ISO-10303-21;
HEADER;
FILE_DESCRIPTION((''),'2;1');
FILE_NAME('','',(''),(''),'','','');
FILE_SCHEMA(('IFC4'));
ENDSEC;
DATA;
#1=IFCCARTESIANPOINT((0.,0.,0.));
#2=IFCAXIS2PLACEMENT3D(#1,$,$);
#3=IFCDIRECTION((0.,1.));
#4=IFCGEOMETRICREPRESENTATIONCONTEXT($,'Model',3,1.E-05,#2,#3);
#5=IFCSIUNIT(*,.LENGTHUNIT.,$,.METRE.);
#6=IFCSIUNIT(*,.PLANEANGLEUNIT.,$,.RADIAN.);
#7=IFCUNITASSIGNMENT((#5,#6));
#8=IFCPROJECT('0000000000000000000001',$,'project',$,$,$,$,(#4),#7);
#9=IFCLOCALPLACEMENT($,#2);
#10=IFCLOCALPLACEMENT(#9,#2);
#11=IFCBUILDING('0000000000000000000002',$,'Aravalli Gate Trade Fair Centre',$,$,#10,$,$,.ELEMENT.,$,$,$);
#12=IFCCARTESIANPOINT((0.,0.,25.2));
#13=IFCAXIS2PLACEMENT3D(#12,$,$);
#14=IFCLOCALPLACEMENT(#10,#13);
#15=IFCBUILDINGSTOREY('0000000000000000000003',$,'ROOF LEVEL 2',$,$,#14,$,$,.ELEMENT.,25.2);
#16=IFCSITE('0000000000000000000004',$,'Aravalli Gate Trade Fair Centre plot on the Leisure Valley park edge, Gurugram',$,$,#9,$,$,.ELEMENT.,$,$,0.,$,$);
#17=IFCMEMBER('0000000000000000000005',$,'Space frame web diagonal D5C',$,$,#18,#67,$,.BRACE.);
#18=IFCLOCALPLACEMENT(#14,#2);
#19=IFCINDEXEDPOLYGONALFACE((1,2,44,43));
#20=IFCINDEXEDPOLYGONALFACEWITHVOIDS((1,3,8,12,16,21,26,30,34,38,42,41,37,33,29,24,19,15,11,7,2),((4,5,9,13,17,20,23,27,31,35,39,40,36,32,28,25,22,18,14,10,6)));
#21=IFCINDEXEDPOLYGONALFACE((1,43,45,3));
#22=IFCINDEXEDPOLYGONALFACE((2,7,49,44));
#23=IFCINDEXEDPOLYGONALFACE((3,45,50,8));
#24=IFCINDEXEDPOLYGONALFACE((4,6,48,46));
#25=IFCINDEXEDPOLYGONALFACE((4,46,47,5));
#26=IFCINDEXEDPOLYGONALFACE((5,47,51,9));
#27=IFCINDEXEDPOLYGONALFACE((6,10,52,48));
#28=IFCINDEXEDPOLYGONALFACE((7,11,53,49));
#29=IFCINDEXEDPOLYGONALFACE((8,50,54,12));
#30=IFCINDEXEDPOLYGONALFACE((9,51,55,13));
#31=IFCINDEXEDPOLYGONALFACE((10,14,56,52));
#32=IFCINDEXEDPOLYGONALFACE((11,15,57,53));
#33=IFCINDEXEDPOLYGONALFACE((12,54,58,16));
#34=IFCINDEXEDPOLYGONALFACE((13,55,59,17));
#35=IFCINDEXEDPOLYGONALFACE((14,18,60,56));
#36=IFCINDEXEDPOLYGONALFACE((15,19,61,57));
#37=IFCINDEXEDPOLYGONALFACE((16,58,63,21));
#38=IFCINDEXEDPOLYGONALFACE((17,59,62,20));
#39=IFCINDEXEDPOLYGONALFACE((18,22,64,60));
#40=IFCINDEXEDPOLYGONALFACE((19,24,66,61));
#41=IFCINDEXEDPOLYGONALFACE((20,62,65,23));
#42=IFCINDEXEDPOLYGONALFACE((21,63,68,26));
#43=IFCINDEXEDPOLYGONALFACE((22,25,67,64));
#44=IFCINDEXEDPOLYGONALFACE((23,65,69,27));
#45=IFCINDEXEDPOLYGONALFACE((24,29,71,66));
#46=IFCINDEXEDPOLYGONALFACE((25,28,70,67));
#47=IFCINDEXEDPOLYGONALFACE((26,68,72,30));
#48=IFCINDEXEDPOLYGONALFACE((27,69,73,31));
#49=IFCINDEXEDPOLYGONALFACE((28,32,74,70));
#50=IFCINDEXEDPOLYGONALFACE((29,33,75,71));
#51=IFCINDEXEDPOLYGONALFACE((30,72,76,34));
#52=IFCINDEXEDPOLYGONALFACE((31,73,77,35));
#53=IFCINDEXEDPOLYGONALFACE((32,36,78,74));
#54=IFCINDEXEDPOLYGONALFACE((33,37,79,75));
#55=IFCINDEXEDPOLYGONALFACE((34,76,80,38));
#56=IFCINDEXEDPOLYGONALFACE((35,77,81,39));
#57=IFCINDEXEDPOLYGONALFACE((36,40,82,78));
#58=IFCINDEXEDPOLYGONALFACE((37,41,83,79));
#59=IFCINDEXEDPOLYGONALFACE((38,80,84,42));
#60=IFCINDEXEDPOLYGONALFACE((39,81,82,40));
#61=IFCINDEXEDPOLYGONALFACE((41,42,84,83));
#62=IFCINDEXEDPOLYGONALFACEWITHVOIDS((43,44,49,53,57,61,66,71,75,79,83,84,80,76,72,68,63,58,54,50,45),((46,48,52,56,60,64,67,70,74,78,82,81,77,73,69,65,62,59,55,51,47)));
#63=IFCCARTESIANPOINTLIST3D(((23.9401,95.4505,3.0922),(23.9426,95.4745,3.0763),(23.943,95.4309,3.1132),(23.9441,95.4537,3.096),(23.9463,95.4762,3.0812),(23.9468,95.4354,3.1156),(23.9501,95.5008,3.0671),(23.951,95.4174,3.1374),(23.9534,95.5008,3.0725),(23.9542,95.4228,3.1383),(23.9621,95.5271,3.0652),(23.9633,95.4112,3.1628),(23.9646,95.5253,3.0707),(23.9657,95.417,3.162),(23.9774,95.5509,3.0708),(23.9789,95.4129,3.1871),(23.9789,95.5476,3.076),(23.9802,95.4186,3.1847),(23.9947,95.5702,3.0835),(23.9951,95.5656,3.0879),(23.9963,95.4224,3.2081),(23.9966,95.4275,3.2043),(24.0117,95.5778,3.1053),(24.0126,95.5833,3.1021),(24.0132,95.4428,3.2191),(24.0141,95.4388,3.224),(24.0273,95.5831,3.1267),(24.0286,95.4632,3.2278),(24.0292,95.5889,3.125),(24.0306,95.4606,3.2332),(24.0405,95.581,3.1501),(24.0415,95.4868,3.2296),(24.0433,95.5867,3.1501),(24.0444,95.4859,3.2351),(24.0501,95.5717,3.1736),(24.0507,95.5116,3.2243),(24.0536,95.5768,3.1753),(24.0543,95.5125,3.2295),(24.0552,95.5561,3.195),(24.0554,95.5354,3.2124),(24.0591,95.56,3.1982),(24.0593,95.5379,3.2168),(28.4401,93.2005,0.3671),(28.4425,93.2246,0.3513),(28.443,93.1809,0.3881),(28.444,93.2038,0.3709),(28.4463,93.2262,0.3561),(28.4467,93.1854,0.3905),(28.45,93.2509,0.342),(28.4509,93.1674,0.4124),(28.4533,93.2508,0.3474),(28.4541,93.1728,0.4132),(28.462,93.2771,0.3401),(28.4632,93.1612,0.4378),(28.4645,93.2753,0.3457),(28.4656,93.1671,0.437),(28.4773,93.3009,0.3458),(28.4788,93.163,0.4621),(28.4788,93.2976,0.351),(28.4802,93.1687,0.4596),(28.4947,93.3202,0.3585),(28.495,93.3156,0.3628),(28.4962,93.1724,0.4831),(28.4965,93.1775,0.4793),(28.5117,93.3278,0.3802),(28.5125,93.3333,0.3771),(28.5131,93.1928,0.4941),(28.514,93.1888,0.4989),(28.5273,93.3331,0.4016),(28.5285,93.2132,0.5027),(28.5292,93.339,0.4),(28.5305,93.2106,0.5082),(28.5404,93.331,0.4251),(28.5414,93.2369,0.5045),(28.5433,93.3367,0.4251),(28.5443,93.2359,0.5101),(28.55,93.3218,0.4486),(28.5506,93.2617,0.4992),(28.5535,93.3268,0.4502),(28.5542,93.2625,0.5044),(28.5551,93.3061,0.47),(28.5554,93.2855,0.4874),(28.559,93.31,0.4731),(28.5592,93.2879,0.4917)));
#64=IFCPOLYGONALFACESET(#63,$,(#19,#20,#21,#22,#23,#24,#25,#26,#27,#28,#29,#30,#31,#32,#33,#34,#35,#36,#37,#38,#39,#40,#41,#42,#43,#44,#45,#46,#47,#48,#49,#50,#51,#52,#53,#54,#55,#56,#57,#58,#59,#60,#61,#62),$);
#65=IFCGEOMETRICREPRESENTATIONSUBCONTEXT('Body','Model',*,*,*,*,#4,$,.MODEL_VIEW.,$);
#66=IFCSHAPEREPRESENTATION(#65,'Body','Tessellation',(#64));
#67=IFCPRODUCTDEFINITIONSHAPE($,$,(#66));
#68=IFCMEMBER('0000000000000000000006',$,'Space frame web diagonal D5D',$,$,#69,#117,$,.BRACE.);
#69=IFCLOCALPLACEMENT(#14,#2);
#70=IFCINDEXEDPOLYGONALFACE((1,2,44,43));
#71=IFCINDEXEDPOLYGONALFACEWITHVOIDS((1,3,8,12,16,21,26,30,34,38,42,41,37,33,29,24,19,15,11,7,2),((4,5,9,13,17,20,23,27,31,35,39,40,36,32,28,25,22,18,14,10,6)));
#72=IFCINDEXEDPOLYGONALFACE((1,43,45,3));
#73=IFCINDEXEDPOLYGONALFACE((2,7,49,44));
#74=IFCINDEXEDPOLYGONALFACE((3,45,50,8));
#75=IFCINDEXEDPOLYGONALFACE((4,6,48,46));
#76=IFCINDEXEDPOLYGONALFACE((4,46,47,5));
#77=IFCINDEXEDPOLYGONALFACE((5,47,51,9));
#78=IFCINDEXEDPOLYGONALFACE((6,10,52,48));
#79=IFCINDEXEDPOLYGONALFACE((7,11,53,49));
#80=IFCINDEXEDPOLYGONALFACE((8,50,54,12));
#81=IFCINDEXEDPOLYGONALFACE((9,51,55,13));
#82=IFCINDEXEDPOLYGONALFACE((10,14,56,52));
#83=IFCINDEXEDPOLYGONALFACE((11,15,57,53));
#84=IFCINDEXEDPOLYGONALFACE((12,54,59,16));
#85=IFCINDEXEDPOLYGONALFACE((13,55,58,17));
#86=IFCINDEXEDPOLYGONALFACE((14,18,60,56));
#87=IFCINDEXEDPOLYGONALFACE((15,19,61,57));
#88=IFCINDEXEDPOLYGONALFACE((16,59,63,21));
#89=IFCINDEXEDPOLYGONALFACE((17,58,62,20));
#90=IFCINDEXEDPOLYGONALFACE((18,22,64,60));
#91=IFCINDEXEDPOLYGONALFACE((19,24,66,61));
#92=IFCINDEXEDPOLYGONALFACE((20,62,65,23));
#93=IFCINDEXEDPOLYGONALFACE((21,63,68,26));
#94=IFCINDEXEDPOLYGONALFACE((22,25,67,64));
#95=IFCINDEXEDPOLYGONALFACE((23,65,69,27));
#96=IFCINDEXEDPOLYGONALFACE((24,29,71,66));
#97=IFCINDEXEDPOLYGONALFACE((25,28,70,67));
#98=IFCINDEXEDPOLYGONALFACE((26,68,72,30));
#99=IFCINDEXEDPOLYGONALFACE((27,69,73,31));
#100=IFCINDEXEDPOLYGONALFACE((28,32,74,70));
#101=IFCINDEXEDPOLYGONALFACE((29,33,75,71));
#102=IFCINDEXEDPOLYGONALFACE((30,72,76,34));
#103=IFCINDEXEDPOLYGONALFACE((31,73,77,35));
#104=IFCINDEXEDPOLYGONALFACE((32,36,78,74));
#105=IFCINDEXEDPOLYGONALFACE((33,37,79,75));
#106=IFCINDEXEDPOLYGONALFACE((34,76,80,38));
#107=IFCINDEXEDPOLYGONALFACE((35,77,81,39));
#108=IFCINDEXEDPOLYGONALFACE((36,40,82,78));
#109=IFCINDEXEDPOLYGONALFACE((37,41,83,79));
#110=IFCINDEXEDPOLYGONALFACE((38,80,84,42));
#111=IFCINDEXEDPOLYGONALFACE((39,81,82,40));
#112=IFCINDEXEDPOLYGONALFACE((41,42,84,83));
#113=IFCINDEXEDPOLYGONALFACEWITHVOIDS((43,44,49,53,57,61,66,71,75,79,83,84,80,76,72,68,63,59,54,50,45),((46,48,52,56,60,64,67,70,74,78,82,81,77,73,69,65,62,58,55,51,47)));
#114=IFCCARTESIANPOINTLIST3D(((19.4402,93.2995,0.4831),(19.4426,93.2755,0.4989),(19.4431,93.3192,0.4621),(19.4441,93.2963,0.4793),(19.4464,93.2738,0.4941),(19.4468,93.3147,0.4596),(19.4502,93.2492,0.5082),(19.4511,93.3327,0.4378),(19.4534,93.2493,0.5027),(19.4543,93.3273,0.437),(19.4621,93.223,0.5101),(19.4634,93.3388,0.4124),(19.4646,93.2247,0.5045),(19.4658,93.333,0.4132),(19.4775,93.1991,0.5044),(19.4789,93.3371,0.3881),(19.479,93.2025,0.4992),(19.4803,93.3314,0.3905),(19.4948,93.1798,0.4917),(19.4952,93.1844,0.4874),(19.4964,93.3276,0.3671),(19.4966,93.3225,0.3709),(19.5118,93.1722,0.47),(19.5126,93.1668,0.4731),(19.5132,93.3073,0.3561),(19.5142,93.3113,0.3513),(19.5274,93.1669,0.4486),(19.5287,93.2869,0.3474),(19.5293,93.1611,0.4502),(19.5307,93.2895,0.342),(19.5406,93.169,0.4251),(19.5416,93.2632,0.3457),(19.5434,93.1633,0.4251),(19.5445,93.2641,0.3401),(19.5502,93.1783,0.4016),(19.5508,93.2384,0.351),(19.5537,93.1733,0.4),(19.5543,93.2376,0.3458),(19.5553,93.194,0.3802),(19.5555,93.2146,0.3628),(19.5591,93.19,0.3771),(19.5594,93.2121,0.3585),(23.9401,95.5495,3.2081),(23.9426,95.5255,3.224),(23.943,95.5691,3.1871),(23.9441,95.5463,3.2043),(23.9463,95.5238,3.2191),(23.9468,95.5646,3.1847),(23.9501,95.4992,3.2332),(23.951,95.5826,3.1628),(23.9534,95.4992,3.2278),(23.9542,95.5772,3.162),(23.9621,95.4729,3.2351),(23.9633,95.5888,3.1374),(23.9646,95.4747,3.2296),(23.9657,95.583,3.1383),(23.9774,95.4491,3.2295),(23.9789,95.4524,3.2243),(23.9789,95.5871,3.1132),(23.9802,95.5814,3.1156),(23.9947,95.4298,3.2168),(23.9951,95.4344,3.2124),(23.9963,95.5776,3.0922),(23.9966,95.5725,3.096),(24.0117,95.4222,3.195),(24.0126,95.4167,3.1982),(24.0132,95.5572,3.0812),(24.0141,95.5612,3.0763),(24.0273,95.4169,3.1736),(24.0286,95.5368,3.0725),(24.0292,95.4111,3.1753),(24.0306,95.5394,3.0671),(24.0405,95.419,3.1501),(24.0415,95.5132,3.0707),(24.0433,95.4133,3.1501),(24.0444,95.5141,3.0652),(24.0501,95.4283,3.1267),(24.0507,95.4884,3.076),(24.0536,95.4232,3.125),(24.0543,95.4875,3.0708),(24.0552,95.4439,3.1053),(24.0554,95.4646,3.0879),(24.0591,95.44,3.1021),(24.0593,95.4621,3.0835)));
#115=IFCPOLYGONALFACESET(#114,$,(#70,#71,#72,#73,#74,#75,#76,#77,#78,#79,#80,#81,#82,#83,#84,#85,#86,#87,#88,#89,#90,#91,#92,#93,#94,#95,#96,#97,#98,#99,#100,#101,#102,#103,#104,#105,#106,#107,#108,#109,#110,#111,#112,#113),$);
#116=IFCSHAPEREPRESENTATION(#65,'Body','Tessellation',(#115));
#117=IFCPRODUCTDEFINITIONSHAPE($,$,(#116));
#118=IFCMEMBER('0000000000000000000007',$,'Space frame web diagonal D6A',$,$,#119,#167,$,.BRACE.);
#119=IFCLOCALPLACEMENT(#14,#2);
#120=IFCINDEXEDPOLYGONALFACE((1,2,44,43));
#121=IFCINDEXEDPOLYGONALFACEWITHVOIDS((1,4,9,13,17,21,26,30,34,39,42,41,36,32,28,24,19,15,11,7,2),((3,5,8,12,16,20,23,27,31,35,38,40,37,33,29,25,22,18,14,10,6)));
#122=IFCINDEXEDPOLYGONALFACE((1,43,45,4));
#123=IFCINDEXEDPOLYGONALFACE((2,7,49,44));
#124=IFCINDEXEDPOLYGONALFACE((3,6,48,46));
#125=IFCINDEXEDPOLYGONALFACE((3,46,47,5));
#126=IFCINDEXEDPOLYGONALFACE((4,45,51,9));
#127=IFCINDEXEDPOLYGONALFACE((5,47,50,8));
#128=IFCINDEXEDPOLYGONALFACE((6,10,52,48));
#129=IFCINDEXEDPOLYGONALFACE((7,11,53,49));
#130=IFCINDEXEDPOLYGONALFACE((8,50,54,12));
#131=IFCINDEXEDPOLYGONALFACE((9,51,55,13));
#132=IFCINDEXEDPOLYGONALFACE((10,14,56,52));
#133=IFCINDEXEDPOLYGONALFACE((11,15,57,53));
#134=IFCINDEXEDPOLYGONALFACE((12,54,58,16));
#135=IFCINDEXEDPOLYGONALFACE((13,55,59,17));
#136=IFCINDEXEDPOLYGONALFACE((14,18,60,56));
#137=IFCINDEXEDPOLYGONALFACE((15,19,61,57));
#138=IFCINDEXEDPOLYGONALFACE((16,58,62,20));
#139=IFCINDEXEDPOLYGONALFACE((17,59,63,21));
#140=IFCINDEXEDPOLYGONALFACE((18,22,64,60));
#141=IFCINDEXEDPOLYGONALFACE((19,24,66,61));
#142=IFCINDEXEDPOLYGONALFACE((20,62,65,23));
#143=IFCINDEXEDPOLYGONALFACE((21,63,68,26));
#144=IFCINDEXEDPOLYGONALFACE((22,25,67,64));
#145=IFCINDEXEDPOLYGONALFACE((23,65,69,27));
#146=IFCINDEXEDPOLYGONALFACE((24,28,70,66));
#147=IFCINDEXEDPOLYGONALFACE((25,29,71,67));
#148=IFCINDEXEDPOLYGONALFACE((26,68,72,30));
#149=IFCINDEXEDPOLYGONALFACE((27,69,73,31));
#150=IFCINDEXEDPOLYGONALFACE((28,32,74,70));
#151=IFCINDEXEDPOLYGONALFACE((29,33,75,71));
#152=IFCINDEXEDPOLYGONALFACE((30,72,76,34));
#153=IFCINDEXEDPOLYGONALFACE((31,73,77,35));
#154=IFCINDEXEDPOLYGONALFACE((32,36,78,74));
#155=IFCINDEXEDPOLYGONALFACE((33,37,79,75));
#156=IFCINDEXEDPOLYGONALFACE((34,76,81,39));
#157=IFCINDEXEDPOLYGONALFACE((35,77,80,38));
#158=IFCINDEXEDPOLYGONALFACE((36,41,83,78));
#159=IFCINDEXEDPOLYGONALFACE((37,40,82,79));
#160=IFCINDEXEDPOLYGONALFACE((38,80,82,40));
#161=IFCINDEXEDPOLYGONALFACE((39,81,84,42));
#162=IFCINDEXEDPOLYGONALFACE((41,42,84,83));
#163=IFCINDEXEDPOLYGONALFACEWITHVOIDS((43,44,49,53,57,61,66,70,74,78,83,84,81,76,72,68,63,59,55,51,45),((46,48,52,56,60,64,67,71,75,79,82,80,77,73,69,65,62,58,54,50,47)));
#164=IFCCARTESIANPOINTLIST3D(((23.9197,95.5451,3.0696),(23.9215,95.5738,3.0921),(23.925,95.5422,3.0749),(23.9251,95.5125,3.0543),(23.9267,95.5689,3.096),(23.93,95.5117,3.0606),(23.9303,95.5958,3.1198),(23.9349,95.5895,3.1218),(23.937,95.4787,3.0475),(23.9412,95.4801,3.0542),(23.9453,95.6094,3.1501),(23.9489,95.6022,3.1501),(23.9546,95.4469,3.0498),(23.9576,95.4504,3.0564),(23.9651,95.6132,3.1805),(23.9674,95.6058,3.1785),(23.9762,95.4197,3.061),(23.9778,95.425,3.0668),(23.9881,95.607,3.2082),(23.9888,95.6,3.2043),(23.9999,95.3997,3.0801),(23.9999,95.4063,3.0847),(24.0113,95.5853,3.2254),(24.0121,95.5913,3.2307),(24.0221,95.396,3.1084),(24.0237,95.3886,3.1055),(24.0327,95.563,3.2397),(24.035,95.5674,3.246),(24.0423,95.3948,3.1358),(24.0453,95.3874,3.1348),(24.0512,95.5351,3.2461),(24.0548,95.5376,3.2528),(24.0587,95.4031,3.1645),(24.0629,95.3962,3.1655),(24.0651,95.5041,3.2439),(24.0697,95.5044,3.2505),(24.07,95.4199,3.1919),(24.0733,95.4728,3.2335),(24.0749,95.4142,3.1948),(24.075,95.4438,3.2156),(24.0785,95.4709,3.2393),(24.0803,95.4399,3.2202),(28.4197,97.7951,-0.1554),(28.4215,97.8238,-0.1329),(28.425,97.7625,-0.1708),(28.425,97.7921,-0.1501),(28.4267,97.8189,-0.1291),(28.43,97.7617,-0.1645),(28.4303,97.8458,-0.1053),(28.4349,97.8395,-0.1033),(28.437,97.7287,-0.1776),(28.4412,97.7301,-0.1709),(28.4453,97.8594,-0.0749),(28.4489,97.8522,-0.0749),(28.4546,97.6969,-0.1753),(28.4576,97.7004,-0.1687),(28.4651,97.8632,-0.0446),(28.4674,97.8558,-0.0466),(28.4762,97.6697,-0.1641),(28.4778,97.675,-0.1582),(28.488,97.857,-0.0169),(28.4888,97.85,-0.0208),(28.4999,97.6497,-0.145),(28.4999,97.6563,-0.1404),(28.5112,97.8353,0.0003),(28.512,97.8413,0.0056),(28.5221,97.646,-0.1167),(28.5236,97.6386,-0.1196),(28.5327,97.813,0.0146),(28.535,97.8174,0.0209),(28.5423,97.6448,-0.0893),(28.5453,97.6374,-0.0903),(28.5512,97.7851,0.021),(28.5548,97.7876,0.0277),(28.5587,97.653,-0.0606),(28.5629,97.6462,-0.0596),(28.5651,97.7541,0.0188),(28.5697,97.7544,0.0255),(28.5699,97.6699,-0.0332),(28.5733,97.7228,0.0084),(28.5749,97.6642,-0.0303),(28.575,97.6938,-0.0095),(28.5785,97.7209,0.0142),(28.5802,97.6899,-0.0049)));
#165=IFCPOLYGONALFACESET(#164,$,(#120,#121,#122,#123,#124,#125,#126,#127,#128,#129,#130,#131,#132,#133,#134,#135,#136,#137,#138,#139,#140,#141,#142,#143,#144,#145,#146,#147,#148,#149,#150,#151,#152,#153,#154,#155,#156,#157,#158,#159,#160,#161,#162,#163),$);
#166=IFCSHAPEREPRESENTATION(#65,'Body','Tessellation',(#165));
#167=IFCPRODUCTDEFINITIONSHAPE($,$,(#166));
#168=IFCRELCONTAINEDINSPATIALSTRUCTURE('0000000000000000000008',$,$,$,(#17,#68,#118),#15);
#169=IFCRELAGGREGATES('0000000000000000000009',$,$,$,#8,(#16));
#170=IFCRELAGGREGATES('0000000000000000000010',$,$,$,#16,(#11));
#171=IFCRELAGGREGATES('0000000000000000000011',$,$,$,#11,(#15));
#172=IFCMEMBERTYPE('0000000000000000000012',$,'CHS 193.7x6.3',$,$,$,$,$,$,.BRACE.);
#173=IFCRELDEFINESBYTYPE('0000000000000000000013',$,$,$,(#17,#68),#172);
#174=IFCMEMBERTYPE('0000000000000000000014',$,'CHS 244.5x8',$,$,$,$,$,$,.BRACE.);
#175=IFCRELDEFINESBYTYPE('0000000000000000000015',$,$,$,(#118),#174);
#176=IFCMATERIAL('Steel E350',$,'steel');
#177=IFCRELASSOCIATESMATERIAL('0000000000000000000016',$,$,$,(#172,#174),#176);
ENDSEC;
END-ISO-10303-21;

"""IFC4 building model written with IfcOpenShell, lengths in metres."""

from ifc_helpers import new_model, si_unit, direction, frame, origin, origin_2d, place, context, subcontext, project, spatial, hollow_circle, extrude, material, material_profile, profile_set, type_object, element, save


model = new_model("IFC4")

# Units and contexts
model_context = context("Model", 3, precision=1e-05, world=origin(), true_north=direction((0.0, 1.0)))
body_context = subcontext(model_context, "Body", "Model", "MODEL_VIEW")
ifc_project = project(units=[si_unit("LENGTHUNIT", "METRE"), si_unit("PLANEANGLEUNIT", "RADIAN")], contexts=[model_context])

# Site, building, storey
site_placement = place(None, origin())
site = spatial("IfcSite", under=ifc_project, at=site_placement, Name="Aravalli Gate Trade Fair Centre plot on the Leisure Valley park edge, Gurugram", CompositionType="ELEMENT", RefElevation=0.0)
building_placement = place(site_placement, origin())
building = spatial("IfcBuilding", under=site, at=building_placement, Name="Aravalli Gate Trade Fair Centre", CompositionType="ELEMENT")
storey_placement = place(building_placement, frame((0.0, 0.0, 25.2)))
storey = spatial("IfcBuildingStorey", under=building, at=storey_placement, Name="ROOF LEVEL 2", CompositionType="ELEMENT", Elevation=25.2)

# Members
ifc_material_1 = material(Name="Steel E350", Category="steel")
ifc_material_profile_1 = material_profile(ifc_material_1, hollow_circle(Radius=0.0969, WallThickness=0.0063, at=origin_2d()), Name="CHS 193.7x6.3")
ifc_profile_set_1 = profile_set([ifc_material_profile_1], Name="Steel E350")
member_type_1 = type_object("IfcMemberType", Name="CHS 193.7x6.3", PredefinedType="BRACE", material=ifc_profile_set_1)
for number, where, z_axis, x_axis, name in (
    (1, (24.0, 95.5, 3.1501), (0.78647, -0.393235, -0.476268), (0.447214, 0.894427, 0.0), "Space frame web diagonal D5C"),
    (2, (24.0, 95.5, 3.1501), (-0.78647, -0.393235, -0.476268), (0.447214, -0.894427, 0.0), "Space frame web diagonal D5D"),
):
    element("IfcMember", number, at=place(storey_placement, frame(where, z_axis=z_axis, x_axis=x_axis)), inside=storey, type_object=member_type_1, Name=name, PredefinedType="BRACE", context=body_context, shape_type="SweptSolid", body=[
        extrude(hollow_circle(Radius=0.0969, WallThickness=0.0063, at=origin_2d()), origin(), (0.0, 0.0, 1.0), 5.7217),
    ])
ifc_material_profile_2 = material_profile(ifc_material_1, hollow_circle(Radius=0.1223, WallThickness=0.0081, at=origin_2d()), Name="CHS 244.5x8")
ifc_profile_set_2 = profile_set([ifc_material_profile_2], Name="Steel E350")
member_type_2 = type_object("IfcMemberType", Name="CHS 244.5x8", PredefinedType="BRACE", material=ifc_profile_set_2)
for number, where, z_axis, x_axis, name in (
    (3, (24.0, 95.5, 3.1501), (0.753, 0.3765, -0.539666), (-0.447214, 0.894427, 0.0), "Space frame web diagonal D6A"),
):
    element("IfcMember", number, at=place(storey_placement, frame(where, z_axis=z_axis, x_axis=x_axis)), inside=storey, type_object=member_type_2, Name=name, PredefinedType="BRACE", context=body_context, shape_type="SweptSolid", body=[
        extrude(hollow_circle(Radius=0.1223, WallThickness=0.0081, at=origin_2d()), origin(), (0.0, 0.0, 1.0), 5.9761),
    ])

save(model, "model.ifc")
